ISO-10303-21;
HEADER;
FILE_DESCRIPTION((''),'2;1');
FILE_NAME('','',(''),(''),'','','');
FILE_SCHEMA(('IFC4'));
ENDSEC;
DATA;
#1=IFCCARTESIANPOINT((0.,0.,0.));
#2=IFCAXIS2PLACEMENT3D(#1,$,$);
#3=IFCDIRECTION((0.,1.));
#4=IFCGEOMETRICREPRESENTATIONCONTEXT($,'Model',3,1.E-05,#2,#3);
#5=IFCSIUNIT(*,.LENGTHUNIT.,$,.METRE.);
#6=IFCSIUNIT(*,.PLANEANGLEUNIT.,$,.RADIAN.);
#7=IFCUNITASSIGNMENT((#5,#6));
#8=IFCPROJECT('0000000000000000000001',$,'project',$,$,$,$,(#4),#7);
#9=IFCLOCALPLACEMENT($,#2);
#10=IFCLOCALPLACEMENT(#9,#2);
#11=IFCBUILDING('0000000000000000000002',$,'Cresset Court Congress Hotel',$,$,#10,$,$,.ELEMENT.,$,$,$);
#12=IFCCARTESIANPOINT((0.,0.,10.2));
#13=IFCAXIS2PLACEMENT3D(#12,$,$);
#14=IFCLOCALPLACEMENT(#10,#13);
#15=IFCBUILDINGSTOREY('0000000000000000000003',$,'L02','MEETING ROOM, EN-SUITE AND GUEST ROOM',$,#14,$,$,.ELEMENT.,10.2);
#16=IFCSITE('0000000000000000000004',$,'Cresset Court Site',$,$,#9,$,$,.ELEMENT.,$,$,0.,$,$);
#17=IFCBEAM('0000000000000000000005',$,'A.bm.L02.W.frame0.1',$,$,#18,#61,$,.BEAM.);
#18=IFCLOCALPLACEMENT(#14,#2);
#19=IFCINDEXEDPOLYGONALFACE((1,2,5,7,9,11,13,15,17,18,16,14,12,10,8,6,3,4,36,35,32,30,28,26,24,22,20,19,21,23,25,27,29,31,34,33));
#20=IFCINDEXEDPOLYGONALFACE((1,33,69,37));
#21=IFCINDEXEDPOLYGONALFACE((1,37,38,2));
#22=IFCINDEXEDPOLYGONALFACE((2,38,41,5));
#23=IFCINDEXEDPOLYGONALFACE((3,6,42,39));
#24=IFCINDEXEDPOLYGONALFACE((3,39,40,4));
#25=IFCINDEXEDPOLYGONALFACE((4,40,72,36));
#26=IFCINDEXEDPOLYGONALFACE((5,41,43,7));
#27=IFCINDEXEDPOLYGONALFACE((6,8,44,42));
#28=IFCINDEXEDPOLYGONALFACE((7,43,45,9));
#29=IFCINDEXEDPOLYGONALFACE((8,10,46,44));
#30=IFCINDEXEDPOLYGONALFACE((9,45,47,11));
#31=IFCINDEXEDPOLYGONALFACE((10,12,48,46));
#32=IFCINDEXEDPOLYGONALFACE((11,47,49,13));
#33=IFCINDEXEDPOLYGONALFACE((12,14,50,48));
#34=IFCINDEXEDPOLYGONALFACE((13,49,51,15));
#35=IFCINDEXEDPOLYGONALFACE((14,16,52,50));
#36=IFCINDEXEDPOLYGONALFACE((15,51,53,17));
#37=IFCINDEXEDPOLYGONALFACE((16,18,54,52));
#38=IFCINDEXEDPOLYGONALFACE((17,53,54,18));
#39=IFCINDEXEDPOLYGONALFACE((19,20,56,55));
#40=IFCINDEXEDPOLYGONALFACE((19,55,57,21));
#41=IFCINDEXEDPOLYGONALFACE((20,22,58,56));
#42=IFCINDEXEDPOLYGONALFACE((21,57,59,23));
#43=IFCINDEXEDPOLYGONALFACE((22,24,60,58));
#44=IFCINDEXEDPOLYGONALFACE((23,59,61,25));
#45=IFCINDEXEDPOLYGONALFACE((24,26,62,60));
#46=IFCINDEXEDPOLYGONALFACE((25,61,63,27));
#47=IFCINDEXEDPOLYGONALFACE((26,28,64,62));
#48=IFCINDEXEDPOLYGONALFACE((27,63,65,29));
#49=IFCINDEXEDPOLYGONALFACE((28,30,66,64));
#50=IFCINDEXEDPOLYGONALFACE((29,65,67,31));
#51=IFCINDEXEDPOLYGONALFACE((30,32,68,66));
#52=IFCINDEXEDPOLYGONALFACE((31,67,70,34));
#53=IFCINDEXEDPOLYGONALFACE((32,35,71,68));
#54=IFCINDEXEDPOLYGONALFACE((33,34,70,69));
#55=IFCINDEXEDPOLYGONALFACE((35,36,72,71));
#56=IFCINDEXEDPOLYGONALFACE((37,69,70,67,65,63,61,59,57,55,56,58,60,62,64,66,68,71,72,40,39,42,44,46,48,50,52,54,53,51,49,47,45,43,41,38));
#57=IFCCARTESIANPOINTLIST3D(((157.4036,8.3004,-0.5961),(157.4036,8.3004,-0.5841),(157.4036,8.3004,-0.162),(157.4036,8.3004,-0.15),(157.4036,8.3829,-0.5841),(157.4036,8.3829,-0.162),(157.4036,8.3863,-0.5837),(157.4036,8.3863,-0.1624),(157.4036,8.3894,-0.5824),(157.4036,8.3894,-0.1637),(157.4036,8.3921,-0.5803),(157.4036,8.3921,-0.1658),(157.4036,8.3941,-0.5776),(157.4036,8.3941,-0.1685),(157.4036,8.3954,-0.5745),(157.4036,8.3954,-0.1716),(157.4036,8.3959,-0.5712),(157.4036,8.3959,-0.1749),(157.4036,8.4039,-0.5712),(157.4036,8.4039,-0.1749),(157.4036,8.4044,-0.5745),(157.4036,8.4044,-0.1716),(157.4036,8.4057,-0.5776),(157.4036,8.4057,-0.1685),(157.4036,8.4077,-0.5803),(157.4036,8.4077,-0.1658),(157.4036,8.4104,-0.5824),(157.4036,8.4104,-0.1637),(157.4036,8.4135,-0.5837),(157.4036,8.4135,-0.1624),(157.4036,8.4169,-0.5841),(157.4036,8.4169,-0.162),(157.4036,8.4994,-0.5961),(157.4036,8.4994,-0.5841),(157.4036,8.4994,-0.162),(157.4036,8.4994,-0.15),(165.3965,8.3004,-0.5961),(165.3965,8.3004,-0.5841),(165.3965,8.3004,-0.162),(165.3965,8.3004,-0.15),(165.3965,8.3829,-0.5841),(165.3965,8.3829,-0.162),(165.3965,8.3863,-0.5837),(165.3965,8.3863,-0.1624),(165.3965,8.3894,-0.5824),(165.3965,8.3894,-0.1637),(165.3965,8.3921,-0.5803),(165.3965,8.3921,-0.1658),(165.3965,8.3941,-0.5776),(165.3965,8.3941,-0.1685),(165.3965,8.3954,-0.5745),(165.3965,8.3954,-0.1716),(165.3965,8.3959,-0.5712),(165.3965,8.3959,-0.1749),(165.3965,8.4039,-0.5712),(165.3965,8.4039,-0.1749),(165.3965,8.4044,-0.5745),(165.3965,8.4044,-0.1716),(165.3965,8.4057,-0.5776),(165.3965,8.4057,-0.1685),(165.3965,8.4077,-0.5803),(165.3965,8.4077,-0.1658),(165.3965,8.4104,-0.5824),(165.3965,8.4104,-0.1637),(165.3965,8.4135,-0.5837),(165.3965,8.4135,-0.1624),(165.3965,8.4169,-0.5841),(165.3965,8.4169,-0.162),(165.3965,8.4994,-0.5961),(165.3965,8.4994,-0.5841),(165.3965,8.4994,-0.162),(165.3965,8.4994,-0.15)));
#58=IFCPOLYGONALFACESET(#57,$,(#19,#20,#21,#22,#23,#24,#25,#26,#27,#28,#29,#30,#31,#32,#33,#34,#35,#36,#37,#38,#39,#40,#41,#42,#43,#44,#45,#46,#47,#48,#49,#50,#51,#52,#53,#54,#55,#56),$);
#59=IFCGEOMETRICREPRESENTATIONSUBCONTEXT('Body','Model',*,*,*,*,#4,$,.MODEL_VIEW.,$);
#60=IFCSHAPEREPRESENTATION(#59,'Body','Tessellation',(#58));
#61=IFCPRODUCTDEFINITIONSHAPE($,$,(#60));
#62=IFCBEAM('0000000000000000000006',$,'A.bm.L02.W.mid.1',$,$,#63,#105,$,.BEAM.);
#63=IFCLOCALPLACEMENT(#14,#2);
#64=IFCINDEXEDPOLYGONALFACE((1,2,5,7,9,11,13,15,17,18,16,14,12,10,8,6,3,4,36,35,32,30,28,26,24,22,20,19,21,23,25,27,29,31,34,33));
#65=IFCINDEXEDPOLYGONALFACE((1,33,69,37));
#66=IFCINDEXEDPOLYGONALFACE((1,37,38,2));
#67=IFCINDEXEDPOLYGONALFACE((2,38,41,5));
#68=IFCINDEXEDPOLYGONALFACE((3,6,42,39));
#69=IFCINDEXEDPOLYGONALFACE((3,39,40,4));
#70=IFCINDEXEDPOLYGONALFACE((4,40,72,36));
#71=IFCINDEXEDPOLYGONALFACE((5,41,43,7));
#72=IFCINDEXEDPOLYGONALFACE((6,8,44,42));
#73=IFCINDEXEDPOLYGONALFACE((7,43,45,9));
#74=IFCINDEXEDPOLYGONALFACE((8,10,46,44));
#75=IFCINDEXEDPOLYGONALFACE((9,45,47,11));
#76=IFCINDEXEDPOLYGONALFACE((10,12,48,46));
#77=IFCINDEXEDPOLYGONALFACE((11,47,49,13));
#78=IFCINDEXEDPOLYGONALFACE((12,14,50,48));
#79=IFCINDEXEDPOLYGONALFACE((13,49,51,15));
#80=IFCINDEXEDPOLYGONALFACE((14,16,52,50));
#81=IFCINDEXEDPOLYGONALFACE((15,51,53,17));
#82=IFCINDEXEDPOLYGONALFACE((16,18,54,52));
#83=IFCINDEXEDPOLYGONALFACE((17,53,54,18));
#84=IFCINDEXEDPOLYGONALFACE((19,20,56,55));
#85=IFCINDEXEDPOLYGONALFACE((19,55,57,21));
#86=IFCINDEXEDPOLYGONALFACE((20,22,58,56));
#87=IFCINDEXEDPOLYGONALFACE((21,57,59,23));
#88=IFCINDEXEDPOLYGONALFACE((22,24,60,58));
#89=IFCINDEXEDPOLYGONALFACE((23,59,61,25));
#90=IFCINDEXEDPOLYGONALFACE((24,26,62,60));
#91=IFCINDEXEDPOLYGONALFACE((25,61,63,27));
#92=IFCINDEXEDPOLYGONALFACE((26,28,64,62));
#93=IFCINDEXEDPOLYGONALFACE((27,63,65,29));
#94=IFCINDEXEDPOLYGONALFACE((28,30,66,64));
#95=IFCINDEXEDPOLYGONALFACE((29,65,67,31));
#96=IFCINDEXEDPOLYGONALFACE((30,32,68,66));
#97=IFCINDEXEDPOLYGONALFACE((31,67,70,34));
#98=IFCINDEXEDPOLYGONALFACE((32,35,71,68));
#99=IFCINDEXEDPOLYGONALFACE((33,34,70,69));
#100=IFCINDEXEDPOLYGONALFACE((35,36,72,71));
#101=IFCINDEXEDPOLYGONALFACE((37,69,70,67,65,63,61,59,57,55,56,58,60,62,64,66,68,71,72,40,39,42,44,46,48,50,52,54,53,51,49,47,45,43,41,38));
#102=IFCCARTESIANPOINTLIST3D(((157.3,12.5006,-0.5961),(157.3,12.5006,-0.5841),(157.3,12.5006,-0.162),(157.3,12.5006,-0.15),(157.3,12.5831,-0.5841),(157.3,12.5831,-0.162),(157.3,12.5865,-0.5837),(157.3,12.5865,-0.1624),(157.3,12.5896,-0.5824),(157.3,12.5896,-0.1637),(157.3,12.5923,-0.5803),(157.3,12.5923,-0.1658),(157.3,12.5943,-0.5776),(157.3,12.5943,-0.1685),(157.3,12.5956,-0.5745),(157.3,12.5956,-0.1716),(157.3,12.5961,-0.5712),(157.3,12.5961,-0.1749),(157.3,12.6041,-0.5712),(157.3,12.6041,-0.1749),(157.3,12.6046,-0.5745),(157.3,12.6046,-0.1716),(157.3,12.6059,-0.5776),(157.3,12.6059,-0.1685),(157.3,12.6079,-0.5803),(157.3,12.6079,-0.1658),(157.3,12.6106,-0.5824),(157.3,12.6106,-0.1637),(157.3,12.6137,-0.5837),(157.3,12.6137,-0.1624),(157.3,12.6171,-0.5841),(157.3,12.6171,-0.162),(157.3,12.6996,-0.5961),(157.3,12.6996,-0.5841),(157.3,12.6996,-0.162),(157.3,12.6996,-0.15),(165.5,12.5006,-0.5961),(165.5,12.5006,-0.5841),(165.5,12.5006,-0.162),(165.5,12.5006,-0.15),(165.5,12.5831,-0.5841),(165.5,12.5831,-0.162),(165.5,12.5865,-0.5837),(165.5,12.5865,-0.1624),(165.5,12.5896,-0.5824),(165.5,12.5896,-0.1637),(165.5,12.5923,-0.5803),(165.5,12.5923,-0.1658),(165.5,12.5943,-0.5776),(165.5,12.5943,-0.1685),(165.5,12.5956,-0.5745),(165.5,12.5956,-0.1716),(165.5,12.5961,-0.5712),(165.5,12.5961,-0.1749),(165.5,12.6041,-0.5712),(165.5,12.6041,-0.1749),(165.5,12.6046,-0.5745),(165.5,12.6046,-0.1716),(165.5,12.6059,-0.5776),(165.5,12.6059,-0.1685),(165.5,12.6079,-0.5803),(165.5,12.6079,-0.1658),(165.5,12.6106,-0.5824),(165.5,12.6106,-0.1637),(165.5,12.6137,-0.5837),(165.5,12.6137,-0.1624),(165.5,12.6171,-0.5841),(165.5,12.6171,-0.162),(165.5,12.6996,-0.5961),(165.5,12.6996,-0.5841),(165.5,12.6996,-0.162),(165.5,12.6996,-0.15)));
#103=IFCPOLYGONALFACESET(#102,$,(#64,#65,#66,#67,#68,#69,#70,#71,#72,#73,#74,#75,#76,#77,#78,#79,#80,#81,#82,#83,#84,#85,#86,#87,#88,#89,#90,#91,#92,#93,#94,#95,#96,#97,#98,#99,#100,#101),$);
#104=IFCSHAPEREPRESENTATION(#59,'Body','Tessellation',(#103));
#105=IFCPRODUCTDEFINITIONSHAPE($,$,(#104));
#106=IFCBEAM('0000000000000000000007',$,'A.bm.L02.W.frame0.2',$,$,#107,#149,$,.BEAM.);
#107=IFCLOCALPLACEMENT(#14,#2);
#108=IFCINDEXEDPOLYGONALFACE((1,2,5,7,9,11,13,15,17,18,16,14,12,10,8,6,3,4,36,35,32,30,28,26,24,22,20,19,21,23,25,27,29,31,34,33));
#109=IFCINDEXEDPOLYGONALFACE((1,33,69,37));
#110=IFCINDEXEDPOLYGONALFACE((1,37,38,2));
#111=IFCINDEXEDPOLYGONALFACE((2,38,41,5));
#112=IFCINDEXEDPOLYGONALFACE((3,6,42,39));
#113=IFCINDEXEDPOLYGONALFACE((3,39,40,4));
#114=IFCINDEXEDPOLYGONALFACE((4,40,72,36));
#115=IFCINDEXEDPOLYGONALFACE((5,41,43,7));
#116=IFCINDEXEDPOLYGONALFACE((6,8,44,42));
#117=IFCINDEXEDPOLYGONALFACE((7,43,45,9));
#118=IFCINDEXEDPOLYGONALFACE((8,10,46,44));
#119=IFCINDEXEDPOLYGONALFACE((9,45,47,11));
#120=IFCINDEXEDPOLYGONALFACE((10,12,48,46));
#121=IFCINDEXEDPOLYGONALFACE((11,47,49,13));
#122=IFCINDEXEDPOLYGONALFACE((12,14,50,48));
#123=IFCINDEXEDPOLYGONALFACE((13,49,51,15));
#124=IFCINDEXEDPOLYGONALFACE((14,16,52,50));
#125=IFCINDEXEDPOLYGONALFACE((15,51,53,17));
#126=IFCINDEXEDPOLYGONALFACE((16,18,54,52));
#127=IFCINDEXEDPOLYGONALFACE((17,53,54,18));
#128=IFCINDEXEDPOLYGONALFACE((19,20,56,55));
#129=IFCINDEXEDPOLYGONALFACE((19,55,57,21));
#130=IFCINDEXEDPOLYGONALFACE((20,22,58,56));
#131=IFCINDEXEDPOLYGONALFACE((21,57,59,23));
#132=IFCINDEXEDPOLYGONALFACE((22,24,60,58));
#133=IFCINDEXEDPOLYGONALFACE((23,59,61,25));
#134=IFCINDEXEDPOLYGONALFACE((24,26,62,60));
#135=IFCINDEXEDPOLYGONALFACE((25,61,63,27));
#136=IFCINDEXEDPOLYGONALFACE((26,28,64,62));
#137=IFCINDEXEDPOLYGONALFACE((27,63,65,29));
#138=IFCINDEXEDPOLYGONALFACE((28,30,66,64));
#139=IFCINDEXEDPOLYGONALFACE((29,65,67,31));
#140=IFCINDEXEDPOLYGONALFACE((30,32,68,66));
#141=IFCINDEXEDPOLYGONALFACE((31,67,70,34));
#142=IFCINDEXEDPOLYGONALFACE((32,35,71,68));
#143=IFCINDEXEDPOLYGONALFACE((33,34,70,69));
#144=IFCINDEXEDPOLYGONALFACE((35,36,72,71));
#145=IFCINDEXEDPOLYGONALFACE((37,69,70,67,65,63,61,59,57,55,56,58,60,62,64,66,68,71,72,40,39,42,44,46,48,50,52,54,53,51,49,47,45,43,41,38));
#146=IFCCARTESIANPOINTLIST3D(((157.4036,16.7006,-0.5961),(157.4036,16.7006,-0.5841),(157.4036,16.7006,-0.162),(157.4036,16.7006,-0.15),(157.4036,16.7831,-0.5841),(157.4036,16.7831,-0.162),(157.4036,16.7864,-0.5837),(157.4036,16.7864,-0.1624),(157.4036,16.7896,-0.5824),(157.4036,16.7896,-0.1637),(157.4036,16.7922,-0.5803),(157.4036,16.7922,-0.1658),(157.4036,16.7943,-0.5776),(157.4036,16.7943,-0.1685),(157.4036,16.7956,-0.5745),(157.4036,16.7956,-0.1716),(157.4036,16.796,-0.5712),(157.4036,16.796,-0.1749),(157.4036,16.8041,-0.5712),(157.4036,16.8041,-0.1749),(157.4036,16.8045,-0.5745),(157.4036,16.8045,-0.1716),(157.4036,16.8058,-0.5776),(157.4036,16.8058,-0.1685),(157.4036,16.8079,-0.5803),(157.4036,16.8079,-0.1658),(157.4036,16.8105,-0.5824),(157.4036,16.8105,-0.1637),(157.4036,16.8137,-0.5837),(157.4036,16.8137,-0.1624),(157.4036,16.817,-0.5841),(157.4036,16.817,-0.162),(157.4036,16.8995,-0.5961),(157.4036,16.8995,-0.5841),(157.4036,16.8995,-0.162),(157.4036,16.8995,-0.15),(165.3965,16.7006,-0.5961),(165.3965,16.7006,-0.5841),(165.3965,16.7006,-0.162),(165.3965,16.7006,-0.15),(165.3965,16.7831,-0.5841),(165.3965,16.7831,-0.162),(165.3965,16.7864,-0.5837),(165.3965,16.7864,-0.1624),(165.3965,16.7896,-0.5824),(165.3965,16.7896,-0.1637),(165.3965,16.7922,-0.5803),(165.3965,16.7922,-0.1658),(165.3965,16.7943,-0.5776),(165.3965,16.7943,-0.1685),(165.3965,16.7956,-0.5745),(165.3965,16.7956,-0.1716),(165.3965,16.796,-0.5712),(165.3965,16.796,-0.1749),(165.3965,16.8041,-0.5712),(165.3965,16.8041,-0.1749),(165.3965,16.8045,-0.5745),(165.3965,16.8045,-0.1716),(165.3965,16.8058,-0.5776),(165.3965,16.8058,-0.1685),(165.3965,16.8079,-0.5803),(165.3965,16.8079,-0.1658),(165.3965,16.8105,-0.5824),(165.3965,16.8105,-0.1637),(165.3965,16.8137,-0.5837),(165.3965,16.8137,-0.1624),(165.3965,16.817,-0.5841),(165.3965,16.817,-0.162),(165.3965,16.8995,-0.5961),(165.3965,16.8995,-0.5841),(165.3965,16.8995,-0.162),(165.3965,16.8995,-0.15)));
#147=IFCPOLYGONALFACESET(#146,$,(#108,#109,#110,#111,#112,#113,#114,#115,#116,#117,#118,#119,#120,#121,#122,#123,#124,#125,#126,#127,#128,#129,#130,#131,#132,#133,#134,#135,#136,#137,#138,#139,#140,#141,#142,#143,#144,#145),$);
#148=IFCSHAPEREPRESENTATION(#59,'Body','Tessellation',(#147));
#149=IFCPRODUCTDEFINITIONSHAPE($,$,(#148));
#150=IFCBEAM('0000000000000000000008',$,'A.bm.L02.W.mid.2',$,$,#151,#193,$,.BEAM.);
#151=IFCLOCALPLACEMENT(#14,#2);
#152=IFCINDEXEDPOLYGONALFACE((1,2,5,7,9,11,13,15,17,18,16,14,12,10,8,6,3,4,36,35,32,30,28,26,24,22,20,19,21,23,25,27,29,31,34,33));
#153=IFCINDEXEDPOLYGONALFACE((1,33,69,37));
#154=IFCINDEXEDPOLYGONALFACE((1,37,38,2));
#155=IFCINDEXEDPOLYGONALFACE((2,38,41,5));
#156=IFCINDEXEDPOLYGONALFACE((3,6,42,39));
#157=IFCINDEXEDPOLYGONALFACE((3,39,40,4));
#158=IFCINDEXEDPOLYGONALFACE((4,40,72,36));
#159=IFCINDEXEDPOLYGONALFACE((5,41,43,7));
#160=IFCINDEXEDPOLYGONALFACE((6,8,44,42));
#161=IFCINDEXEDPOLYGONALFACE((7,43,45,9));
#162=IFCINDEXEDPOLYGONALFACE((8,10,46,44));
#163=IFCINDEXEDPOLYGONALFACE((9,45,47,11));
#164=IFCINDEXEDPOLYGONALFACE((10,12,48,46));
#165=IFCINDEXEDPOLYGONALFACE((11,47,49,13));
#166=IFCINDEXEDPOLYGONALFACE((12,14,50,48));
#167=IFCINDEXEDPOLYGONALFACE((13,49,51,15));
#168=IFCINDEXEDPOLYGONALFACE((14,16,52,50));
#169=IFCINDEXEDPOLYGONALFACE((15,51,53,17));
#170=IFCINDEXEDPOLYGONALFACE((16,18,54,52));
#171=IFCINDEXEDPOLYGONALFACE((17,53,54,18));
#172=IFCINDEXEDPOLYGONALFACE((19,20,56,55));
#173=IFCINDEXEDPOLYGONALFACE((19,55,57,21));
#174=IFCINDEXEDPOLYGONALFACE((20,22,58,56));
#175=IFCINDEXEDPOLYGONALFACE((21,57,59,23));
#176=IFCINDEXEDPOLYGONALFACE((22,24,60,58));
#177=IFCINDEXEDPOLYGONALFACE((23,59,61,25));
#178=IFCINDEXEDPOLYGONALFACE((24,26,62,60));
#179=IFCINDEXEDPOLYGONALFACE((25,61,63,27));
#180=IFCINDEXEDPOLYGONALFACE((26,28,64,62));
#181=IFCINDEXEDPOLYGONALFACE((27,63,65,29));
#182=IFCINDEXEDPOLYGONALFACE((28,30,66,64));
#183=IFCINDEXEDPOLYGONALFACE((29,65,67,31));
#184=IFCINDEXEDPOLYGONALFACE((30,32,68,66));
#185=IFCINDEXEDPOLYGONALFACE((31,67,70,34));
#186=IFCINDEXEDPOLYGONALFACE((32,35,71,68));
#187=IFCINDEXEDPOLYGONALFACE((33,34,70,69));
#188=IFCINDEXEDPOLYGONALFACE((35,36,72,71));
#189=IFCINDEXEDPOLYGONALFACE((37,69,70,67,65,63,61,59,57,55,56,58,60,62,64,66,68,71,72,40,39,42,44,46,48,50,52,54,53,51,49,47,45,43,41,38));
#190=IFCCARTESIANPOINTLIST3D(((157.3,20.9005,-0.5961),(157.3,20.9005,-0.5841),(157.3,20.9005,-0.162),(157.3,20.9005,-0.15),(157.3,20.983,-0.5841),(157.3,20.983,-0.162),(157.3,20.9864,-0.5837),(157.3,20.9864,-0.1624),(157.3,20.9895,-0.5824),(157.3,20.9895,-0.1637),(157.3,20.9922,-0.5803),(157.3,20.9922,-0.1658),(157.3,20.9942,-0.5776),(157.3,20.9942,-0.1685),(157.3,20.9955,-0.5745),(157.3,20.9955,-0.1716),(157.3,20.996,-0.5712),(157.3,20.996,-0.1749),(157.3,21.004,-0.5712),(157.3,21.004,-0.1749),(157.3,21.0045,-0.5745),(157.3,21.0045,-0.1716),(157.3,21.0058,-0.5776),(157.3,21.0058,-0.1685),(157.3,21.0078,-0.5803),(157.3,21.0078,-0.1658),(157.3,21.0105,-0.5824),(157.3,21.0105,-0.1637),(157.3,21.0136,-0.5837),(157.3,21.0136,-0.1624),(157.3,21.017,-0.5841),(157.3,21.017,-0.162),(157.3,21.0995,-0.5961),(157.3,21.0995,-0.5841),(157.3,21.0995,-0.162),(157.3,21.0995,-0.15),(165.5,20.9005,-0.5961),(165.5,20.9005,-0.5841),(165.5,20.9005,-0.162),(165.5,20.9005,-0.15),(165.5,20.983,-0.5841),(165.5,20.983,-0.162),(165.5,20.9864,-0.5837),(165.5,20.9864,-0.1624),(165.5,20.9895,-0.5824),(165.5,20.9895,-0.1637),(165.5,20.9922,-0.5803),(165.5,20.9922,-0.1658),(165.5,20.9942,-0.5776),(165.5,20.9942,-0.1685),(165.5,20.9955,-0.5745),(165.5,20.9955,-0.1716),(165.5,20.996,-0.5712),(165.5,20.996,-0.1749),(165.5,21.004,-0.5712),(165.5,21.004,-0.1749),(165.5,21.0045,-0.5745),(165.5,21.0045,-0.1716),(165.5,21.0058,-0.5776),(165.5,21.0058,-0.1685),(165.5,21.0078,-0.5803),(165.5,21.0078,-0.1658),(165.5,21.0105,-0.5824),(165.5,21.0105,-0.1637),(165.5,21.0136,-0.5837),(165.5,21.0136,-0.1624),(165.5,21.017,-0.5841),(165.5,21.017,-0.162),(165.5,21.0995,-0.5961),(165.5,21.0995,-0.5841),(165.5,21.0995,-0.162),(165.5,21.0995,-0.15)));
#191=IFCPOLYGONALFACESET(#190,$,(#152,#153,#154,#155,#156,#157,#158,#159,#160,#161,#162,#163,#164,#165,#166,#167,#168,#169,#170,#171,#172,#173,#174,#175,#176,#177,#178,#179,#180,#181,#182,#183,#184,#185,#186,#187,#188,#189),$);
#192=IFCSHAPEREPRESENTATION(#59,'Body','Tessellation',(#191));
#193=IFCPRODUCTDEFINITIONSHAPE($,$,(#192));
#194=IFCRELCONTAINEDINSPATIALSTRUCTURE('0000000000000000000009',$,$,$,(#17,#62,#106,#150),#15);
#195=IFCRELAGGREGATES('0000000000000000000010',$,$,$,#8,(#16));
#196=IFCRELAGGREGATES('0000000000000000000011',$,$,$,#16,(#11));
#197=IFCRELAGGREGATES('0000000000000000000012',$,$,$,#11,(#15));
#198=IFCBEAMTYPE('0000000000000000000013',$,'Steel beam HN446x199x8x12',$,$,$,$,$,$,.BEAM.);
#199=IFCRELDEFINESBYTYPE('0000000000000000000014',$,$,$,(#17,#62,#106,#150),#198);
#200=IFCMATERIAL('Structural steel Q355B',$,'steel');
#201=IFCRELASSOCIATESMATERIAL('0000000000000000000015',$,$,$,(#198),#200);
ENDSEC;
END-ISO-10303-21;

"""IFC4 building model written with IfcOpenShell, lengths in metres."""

from ifc_helpers import new_model, si_unit, direction, frame, origin, origin_2d, place, context, subcontext, project, spatial, i_section, extrude, material, material_profile, profile_set, type_object, element, save


model = new_model("IFC4")

# Units and contexts
model_context = context("Model", 3, precision=1e-05, world=origin(), true_north=direction((0.0, 1.0)))
body_context = subcontext(model_context, "Body", "Model", "MODEL_VIEW")
ifc_project = project(units=[si_unit("LENGTHUNIT", "METRE"), si_unit("PLANEANGLEUNIT", "RADIAN")], contexts=[model_context])

# Site, building, storey
site_placement = place(None, origin())
site = spatial("IfcSite", under=ifc_project, at=site_placement, Name="Cresset Court Site", CompositionType="ELEMENT", RefElevation=0.0)
building_placement = place(site_placement, origin())
building = spatial("IfcBuilding", under=site, at=building_placement, Name="Cresset Court Congress Hotel", CompositionType="ELEMENT")
storey_placement = place(building_placement, frame((0.0, 0.0, 10.2)))
storey = spatial("IfcBuildingStorey", under=building, at=storey_placement, Name="L02", Description="MEETING ROOM, EN-SUITE AND GUEST ROOM", CompositionType="ELEMENT", Elevation=10.2)

# Beams
ifc_material_1 = material(Name="Structural steel Q355B", Category="steel")
ifc_material_profile_1 = material_profile(ifc_material_1, i_section(OverallWidth=0.199, OverallDepth=0.446, WebThickness=0.0081, FlangeThickness=0.012, FilletRadius=0.0129, at=origin_2d()), Name="HN446x199x8x12")
ifc_profile_set_1 = profile_set([ifc_material_profile_1], Name="Structural steel Q355B")
beam_type_1 = type_object("IfcBeamType", Name="Steel beam HN446x199x8x12", PredefinedType="BEAM", material=ifc_profile_set_1)
beam_1_placement = place(storey_placement, frame((157.4036, 8.3999, -0.373), z_axis=(1.0, 0.0, 0.0), x_axis=(0.0, 1.0, 0.0)))
element("IfcBeam", 1, at=beam_1_placement, inside=storey, type_object=beam_type_1, Name="A.bm.L02.W.frame0.1", PredefinedType="BEAM", context=body_context, shape_type="SweptSolid", body=[
    extrude(i_section(OverallWidth=0.199, OverallDepth=0.446, WebThickness=0.0081, FlangeThickness=0.012, FilletRadius=0.0129, at=origin_2d()), origin(), (0.0, 0.0, 1.0), 7.9929),
])
beam_2_placement = place(storey_placement, frame((157.3, 12.6001, -0.373), z_axis=(1.0, 0.0, 0.0), x_axis=(0.0, 1.0, 0.0)))
element("IfcBeam", 2, at=beam_2_placement, inside=storey, type_object=beam_type_1, Name="A.bm.L02.W.mid.1", PredefinedType="BEAM", context=body_context, shape_type="SweptSolid", body=[
    extrude(i_section(OverallWidth=0.199, OverallDepth=0.446, WebThickness=0.0081, FlangeThickness=0.012, FilletRadius=0.0129, at=origin_2d()), origin(), (0.0, 0.0, 1.0), 8.2),
])
beam_3_placement = place(storey_placement, frame((157.4036, 16.8, -0.373), z_axis=(1.0, 0.0, 0.0), x_axis=(0.0, 1.0, 0.0)))
element("IfcBeam", 3, at=beam_3_placement, inside=storey, type_object=beam_type_1, Name="A.bm.L02.W.frame0.2", PredefinedType="BEAM", context=body_context, shape_type="SweptSolid", body=[
    extrude(i_section(OverallWidth=0.199, OverallDepth=0.446, WebThickness=0.0081, FlangeThickness=0.012, FilletRadius=0.0129, at=origin_2d()), origin(), (0.0, 0.0, 1.0), 7.9929),
])
beam_4_placement = place(storey_placement, frame((157.3, 21.0, -0.373), z_axis=(1.0, 0.0, 0.0), x_axis=(0.0, 1.0, 0.0)))
element("IfcBeam", 4, at=beam_4_placement, inside=storey, type_object=beam_type_1, Name="A.bm.L02.W.mid.2", PredefinedType="BEAM", context=body_context, shape_type="SweptSolid", body=[
    extrude(i_section(OverallWidth=0.199, OverallDepth=0.446, WebThickness=0.0081, FlangeThickness=0.012, FilletRadius=0.0129, at=origin_2d()), origin(), (0.0, 0.0, 1.0), 8.2),
])

save(model, "model.ifc")
